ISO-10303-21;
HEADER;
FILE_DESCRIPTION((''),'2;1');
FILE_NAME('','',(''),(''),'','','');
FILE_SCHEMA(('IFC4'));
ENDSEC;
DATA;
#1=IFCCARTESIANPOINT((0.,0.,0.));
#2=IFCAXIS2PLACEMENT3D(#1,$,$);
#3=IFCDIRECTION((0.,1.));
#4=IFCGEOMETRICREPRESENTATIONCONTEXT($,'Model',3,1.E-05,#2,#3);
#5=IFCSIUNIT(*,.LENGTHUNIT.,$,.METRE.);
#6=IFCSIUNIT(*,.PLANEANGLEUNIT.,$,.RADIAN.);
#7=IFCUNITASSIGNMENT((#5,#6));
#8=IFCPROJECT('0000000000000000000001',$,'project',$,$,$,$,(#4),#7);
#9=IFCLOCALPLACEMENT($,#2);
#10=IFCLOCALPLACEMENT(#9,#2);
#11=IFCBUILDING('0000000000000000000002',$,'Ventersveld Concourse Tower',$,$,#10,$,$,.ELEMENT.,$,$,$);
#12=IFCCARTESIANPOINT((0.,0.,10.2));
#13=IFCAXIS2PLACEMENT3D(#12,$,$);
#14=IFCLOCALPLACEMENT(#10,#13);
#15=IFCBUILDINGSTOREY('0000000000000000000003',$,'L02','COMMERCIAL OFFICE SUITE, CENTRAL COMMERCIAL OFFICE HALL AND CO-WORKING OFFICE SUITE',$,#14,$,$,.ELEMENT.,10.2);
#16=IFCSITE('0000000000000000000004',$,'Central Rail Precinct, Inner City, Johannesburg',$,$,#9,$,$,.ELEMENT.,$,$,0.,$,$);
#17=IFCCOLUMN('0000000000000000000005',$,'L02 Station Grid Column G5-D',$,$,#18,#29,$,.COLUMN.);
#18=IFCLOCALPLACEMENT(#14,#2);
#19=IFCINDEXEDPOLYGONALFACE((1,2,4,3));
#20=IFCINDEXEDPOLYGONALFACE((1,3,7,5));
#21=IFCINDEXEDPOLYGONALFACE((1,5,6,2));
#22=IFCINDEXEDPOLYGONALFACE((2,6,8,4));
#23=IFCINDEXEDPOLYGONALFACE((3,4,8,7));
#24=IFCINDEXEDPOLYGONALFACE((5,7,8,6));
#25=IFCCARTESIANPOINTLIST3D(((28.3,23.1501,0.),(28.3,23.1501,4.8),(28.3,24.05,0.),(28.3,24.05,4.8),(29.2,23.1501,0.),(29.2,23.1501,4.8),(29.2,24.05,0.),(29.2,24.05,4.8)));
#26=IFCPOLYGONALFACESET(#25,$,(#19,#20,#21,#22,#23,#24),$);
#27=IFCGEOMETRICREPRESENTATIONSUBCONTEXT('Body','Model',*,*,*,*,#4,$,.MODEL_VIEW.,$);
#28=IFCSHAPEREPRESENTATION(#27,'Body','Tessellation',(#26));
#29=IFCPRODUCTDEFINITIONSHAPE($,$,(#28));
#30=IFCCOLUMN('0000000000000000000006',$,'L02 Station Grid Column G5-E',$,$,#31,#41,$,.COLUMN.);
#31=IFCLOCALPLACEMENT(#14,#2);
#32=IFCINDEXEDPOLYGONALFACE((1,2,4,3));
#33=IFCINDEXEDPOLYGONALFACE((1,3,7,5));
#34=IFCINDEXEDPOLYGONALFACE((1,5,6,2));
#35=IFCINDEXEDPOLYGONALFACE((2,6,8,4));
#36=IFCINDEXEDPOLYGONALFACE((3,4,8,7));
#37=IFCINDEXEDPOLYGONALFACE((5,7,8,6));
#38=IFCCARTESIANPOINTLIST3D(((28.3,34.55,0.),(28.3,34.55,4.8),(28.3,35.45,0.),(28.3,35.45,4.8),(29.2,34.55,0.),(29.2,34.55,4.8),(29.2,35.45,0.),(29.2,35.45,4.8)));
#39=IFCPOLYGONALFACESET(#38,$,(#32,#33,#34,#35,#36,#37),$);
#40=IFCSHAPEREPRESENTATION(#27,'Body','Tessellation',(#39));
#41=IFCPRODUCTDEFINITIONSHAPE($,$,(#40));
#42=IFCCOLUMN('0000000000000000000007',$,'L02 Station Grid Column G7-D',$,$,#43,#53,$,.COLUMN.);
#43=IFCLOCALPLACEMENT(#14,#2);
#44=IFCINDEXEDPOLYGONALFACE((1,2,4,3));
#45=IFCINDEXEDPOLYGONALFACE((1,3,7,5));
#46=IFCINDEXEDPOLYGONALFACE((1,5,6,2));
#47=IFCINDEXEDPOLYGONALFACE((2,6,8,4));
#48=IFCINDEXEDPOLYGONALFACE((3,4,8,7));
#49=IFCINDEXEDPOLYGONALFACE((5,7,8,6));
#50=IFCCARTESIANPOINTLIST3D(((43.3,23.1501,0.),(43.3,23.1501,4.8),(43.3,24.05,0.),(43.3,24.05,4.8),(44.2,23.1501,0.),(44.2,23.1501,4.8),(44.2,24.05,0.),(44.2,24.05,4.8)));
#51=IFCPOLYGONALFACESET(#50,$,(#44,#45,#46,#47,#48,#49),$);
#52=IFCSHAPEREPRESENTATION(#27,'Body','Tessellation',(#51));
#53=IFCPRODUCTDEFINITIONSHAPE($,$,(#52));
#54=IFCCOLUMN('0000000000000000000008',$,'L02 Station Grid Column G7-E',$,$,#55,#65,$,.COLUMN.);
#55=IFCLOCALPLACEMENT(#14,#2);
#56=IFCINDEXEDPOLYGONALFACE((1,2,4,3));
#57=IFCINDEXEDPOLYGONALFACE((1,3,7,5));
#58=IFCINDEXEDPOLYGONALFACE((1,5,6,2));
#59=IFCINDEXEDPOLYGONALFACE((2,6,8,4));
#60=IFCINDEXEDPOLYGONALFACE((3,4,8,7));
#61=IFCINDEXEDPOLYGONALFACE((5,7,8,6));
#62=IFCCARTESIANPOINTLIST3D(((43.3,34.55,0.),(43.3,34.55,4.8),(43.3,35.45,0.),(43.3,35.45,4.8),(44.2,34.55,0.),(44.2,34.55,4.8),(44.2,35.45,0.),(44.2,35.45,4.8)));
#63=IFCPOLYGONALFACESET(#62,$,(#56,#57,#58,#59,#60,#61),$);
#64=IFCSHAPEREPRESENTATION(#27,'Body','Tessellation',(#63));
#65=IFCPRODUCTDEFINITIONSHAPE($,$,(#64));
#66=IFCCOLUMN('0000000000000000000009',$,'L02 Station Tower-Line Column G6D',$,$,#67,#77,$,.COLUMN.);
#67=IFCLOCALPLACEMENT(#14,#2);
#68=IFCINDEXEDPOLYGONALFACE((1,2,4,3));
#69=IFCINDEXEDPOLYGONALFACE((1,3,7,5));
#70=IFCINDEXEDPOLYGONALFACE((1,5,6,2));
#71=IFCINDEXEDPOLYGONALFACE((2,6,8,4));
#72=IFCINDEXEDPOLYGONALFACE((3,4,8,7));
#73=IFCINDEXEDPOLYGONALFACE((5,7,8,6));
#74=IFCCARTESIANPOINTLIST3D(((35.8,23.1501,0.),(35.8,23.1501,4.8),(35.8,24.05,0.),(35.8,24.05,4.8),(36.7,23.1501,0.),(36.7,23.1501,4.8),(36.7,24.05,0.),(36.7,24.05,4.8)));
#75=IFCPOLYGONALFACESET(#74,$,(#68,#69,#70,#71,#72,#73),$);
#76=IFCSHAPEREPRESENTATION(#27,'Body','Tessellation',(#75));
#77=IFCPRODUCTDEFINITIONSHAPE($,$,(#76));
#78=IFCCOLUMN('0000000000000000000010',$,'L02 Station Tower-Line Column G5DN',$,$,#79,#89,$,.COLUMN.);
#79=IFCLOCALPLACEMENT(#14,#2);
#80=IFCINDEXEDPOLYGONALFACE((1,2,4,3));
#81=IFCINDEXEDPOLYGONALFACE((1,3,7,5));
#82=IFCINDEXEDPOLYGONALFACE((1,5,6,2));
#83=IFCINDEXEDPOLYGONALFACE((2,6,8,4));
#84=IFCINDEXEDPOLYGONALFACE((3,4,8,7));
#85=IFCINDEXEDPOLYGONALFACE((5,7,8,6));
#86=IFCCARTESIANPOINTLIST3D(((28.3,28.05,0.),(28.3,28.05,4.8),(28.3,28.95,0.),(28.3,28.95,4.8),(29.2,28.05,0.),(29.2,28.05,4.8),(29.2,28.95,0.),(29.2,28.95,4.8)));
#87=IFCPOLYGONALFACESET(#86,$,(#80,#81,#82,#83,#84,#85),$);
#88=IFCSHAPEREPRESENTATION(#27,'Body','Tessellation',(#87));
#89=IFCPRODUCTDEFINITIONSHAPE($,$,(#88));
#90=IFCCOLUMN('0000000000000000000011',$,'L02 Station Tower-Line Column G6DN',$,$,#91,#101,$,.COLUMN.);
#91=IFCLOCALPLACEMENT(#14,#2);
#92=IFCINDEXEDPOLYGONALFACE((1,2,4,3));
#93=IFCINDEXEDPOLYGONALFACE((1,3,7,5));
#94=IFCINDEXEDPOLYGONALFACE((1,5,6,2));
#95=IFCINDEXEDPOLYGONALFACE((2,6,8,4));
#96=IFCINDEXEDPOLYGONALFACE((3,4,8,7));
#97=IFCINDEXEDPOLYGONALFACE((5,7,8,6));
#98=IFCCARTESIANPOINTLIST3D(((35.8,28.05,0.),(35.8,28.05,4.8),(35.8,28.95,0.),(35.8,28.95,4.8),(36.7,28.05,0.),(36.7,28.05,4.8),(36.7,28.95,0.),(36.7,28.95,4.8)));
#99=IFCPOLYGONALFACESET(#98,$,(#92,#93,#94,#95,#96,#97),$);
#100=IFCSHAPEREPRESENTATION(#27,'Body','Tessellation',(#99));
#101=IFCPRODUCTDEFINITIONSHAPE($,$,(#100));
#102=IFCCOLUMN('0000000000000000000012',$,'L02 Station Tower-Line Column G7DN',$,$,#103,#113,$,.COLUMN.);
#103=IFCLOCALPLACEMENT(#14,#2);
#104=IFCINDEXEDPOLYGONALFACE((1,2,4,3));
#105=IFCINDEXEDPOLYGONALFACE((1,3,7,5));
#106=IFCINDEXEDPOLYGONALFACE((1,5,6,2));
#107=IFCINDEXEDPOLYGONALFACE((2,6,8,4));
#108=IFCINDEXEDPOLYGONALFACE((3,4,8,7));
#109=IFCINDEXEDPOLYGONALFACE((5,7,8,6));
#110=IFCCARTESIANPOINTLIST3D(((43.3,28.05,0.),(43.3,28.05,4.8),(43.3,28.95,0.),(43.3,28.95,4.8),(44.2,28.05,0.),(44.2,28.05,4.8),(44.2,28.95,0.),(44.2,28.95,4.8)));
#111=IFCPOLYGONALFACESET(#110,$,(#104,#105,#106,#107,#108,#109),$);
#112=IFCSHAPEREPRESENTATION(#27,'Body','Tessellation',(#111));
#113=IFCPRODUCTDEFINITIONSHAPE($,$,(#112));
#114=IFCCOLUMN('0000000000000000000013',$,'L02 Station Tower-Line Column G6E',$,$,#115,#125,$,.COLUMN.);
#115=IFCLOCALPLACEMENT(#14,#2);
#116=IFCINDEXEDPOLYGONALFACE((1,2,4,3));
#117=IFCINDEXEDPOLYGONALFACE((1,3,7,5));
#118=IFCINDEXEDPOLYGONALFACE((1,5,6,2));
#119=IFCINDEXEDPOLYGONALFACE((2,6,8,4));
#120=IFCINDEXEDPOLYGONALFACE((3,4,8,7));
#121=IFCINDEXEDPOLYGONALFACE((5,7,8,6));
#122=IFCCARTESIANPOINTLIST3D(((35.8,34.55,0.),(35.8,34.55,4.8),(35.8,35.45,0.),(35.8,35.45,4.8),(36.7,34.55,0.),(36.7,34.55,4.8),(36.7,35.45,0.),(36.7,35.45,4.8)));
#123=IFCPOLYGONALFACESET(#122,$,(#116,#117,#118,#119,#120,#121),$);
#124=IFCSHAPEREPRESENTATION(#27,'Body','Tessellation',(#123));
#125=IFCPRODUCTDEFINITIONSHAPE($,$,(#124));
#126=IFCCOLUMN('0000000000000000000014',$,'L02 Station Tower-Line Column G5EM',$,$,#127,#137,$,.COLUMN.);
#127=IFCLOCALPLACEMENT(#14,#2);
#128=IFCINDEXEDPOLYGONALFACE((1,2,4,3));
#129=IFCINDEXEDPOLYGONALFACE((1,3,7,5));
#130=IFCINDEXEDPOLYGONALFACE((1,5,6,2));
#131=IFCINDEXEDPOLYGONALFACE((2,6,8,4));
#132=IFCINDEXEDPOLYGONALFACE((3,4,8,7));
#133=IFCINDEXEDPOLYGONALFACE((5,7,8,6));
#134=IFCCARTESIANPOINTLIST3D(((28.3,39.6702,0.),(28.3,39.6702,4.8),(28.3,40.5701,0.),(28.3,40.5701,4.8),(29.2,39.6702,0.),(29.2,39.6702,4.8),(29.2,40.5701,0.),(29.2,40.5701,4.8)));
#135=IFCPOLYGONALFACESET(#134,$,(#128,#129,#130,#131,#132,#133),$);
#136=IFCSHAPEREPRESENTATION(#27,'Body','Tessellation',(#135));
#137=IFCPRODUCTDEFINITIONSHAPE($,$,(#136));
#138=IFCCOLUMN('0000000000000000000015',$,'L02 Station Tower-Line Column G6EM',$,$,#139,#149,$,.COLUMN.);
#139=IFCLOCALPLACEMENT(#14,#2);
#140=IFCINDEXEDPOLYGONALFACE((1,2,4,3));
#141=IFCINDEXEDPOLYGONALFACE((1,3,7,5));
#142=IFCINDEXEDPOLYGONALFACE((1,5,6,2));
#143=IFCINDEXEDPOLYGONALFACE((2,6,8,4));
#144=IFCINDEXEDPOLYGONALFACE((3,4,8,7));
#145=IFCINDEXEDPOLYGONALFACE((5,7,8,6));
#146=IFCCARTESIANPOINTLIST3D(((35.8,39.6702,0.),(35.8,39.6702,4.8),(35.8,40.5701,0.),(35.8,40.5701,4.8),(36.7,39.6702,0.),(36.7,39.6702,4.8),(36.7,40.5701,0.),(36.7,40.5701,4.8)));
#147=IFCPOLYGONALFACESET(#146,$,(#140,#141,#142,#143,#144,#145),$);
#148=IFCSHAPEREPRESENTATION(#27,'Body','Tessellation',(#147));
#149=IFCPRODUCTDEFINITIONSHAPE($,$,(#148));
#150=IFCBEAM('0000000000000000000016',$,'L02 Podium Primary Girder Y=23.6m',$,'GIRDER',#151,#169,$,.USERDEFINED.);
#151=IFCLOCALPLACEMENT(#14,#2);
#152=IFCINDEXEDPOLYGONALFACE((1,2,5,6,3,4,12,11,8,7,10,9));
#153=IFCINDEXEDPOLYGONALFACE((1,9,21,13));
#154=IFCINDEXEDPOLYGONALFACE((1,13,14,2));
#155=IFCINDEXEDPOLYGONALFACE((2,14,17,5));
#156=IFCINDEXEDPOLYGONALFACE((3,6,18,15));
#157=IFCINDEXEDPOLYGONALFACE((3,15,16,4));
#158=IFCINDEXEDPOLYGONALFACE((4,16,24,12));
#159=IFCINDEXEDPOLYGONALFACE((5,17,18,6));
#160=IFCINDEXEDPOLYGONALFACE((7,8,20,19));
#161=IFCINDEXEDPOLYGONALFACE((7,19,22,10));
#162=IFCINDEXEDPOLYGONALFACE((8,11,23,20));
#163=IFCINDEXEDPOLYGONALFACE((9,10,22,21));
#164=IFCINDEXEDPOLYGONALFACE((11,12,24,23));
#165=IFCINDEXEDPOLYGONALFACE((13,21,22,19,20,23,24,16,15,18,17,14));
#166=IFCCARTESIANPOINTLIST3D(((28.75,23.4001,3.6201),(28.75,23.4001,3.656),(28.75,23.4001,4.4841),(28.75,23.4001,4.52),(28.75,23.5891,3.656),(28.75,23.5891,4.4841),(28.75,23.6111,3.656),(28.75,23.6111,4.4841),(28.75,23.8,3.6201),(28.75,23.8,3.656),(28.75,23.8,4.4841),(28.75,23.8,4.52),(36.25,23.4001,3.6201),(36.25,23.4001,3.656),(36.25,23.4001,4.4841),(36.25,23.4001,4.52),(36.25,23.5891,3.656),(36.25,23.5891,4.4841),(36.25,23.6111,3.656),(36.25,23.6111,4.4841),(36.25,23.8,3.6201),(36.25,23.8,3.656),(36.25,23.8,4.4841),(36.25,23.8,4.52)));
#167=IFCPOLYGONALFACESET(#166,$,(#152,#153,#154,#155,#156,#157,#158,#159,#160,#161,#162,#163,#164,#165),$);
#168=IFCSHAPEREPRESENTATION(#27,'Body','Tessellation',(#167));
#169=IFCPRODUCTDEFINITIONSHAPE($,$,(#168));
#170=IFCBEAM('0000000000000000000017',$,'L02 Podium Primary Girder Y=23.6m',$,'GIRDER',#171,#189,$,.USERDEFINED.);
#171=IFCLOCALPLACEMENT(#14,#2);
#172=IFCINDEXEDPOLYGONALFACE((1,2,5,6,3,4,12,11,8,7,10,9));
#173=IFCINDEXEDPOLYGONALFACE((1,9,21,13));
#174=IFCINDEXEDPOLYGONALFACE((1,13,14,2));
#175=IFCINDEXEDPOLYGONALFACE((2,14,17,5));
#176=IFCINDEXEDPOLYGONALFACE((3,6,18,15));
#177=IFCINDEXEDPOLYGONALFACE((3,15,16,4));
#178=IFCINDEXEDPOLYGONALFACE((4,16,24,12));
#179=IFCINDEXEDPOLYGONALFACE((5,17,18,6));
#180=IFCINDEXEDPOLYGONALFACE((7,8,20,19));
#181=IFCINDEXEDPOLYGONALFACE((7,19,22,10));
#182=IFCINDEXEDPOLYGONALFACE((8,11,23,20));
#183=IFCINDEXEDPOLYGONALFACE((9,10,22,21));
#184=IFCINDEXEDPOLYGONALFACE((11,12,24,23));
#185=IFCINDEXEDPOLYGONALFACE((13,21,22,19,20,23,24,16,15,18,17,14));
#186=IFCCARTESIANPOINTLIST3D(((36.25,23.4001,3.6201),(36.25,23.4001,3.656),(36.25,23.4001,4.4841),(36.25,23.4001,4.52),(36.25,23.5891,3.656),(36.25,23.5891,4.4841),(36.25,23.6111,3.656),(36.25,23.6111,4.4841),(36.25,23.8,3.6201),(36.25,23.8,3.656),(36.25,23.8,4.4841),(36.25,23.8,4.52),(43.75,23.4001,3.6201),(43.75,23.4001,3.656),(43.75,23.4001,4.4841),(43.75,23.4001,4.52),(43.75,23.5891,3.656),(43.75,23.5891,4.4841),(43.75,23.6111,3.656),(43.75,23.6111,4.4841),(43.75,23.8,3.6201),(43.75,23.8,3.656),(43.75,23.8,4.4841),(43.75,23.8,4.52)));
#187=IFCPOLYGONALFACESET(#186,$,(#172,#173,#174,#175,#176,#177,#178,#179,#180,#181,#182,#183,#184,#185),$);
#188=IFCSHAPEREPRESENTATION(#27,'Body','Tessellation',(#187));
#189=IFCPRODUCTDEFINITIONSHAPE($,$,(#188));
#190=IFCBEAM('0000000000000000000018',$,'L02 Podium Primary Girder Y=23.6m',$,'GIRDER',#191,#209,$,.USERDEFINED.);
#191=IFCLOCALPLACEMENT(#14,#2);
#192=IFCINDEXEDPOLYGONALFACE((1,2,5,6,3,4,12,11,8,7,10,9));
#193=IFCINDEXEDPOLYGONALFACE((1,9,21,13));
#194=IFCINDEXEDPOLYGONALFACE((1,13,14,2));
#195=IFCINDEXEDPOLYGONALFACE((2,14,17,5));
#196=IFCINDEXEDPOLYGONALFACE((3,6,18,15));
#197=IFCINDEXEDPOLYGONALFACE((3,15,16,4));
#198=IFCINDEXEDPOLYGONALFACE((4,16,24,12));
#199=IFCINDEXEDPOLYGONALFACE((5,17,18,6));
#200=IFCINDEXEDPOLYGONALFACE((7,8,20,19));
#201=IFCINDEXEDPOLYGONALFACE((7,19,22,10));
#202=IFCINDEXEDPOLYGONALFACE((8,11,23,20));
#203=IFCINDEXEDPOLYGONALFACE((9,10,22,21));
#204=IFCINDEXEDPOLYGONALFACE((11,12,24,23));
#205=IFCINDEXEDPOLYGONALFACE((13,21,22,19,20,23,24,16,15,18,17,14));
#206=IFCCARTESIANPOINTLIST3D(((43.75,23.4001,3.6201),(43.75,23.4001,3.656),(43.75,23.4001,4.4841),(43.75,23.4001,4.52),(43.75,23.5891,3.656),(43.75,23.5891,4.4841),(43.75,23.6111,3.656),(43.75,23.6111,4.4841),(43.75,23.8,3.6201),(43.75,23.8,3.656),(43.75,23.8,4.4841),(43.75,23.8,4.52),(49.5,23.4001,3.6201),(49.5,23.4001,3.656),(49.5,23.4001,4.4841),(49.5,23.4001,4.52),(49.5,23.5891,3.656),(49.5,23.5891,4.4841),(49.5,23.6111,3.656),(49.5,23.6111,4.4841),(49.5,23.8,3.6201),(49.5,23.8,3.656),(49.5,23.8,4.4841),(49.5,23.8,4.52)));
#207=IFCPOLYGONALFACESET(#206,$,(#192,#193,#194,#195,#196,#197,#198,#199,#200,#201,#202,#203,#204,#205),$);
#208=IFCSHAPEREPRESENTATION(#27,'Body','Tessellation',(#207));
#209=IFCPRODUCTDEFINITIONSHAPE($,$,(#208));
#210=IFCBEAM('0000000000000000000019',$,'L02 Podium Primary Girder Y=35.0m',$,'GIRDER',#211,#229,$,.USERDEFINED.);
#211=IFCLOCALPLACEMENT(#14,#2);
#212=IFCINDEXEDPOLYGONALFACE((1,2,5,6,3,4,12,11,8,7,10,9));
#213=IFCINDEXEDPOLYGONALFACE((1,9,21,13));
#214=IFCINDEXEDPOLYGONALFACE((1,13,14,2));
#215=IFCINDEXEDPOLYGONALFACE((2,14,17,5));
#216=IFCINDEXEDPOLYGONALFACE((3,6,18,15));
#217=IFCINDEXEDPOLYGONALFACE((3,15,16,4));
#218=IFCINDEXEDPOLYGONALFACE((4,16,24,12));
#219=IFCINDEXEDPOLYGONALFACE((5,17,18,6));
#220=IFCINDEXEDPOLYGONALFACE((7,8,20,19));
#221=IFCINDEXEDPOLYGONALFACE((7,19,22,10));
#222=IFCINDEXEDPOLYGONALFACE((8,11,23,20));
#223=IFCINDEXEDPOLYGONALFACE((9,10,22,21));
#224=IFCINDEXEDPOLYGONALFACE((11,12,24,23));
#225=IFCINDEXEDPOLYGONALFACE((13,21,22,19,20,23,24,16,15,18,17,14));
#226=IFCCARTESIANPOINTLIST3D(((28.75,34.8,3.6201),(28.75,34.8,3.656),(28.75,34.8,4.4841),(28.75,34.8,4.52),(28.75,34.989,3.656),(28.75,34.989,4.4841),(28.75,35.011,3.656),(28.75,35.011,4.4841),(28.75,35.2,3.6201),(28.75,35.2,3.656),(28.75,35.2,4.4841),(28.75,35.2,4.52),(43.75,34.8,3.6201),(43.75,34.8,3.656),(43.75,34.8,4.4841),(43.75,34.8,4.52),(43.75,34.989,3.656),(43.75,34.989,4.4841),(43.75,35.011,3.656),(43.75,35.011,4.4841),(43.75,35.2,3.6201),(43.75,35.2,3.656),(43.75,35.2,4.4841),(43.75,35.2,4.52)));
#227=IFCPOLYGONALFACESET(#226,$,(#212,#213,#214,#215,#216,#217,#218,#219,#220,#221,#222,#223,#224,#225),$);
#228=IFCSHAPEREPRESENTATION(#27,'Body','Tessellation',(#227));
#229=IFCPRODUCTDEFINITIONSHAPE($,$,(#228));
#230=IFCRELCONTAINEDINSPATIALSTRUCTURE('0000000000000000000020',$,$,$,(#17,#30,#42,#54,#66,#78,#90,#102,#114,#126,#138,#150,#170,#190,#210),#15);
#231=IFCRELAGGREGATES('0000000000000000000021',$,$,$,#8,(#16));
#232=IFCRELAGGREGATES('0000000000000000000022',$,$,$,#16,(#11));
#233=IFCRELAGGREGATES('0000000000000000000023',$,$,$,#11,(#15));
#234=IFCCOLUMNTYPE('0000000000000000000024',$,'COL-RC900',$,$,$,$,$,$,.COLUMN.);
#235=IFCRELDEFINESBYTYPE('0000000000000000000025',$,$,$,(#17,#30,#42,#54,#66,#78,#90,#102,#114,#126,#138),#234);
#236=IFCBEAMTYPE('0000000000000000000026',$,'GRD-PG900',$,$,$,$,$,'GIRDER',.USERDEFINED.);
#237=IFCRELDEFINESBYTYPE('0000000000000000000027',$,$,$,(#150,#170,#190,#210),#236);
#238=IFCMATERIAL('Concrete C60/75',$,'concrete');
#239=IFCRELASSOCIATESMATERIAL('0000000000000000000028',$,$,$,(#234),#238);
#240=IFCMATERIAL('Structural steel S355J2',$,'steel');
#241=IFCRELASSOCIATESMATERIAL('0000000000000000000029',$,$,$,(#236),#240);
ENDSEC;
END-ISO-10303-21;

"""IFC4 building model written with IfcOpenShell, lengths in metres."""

from ifc_helpers import new_model, si_unit, direction, frame, origin, origin_2d, place, context, subcontext, project, spatial, rectangle, i_section, extrude, material, material_profile, profile_set, type_object, element, save


model = new_model("IFC4")

# Units and contexts
model_context = context("Model", 3, precision=1e-05, world=origin(), true_north=direction((0.0, 1.0)))
body_context = subcontext(model_context, "Body", "Model", "MODEL_VIEW")
ifc_project = project(units=[si_unit("LENGTHUNIT", "METRE"), si_unit("PLANEANGLEUNIT", "RADIAN")], contexts=[model_context])

# Site, building, storey
site_placement = place(None, origin())
site = spatial("IfcSite", under=ifc_project, at=site_placement, Name="Central Rail Precinct, Inner City, Johannesburg", CompositionType="ELEMENT", RefElevation=0.0)
building_placement = place(site_placement, origin())
building = spatial("IfcBuilding", under=site, at=building_placement, Name="Ventersveld Concourse Tower", CompositionType="ELEMENT")
storey_placement = place(building_placement, frame((0.0, 0.0, 10.2)))
storey = spatial("IfcBuildingStorey", under=building, at=storey_placement, Name="L02", Description="COMMERCIAL OFFICE SUITE, CENTRAL COMMERCIAL OFFICE HALL AND CO-WORKING OFFICE SUITE", CompositionType="ELEMENT", Elevation=10.2)

# Columns
ifc_material_1 = material(Name="Concrete C60/75", Category="concrete")
ifc_material_profile_1 = material_profile(ifc_material_1, rectangle(XDim=0.8999, YDim=0.8999, at=origin_2d()), Name="RC 900x900")
ifc_profile_set_1 = profile_set([ifc_material_profile_1], Name="Concrete C60/75")
column_type = type_object("IfcColumnType", Name="COL-RC900", PredefinedType="COLUMN", material=ifc_profile_set_1)
for number, where, z_axis, x_axis, name in (
    (1, (28.75, 23.6001, 0.0), (0.0, 0.0, 1.0), (1.0, 0.0, 0.0), "L02 Station Grid Column G5-D"),
    (2, (28.75, 35.0, 0.0), (0.0, 0.0, 1.0), (1.0, 0.0, 0.0), "L02 Station Grid Column G5-E"),
    (3, (43.75, 23.6001, 0.0), (0.0, 0.0, 1.0), (1.0, 0.0, 0.0), "L02 Station Grid Column G7-D"),
    (4, (43.75, 35.0, 0.0), (0.0, 0.0, 1.0), (1.0, 0.0, 0.0), "L02 Station Grid Column G7-E"),
    (5, (36.25, 23.6001, 0.0), (0.0, 0.0, 1.0), (1.0, 0.0, 0.0), "L02 Station Tower-Line Column G6D"),
    (6, (28.75, 28.5, 0.0), (0.0, 0.0, 1.0), (1.0, 0.0, 0.0), "L02 Station Tower-Line Column G5DN"),
    (7, (36.25, 28.5, 0.0), (0.0, 0.0, 1.0), (1.0, 0.0, 0.0), "L02 Station Tower-Line Column G6DN"),
    (8, (43.75, 28.5, 0.0), (0.0, 0.0, 1.0), (1.0, 0.0, 0.0), "L02 Station Tower-Line Column G7DN"),
    (9, (36.25, 35.0, 0.0), (0.0, 0.0, 1.0), (1.0, 0.0, 0.0), "L02 Station Tower-Line Column G6E"),
    (10, (28.75, 40.1201, 0.0), (0.0, 0.0, 1.0), (1.0, 0.0, 0.0), "L02 Station Tower-Line Column G5EM"),
    (11, (36.25, 40.1201, 0.0), (0.0, 0.0, 1.0), (1.0, 0.0, 0.0), "L02 Station Tower-Line Column G6EM"),
):
    element("IfcColumn", number, at=place(storey_placement, frame(where, z_axis=z_axis, x_axis=x_axis)), inside=storey, type_object=column_type, Name=name, PredefinedType="COLUMN", context=body_context, shape_type="SweptSolid", body=[
        extrude(rectangle(XDim=0.8999, YDim=0.8999, at=origin_2d()), origin(), (0.0, 0.0, 1.0), 4.8),
    ])

# Beams
ifc_material_2 = material(Name="Structural steel S355J2", Category="steel")
ifc_material_profile_2 = material_profile(ifc_material_2, i_section(OverallWidth=0.3999, OverallDepth=0.8999, WebThickness=0.022, FlangeThickness=0.0359, at=origin_2d()), Name="PG 900x400x36")
ifc_profile_set_2 = profile_set([ifc_material_profile_2], Name="Structural steel S355J2")
beam_type_1 = type_object("IfcBeamType", Name="GRD-PG900", ElementType="GIRDER", PredefinedType="USERDEFINED", material=ifc_profile_set_2)
for number, where, z_axis, x_axis, name in (
    (12, (28.75, 23.6001, 4.0701), (1.0, 0.0, 0.0), (0.0, 1.0, 0.0), "L02 Podium Primary Girder Y=23.6m"),
    (13, (36.25, 23.6001, 4.0701), (1.0, 0.0, 0.0), (0.0, 1.0, 0.0), "L02 Podium Primary Girder Y=23.6m"),
):
    element("IfcBeam", number, at=place(storey_placement, frame(where, z_axis=z_axis, x_axis=x_axis)), inside=storey, type_object=beam_type_1, Name=name, ObjectType="GIRDER", PredefinedType="USERDEFINED", context=body_context, shape_type="SweptSolid", body=[
        extrude(i_section(OverallWidth=0.3999, OverallDepth=0.8999, WebThickness=0.022, FlangeThickness=0.0359, at=origin_2d()), origin(), (0.0, 0.0, 1.0), 7.5),
    ])
beam_1_placement = place(storey_placement, frame((43.75, 23.6001, 4.0701), z_axis=(1.0, 0.0, 0.0), x_axis=(0.0, 1.0, 0.0)))
element("IfcBeam", 14, at=beam_1_placement, inside=storey, type_object=beam_type_1, Name="L02 Podium Primary Girder Y=23.6m", ObjectType="GIRDER", PredefinedType="USERDEFINED", context=body_context, shape_type="SweptSolid", body=[
    extrude(i_section(OverallWidth=0.3999, OverallDepth=0.8999, WebThickness=0.022, FlangeThickness=0.0359, at=origin_2d()), origin(), (0.0, 0.0, 1.0), 5.75),
])
beam_2_placement = place(storey_placement, frame((28.75, 35.0, 4.0701), z_axis=(1.0, 0.0, 0.0), x_axis=(0.0, 1.0, 0.0)))
element("IfcBeam", 15, at=beam_2_placement, inside=storey, type_object=beam_type_1, Name="L02 Podium Primary Girder Y=35.0m", ObjectType="GIRDER", PredefinedType="USERDEFINED", context=body_context, shape_type="SweptSolid", body=[
    extrude(i_section(OverallWidth=0.3999, OverallDepth=0.8999, WebThickness=0.022, FlangeThickness=0.0359, at=origin_2d()), origin(), (0.0, 0.0, 1.0), 15.0),
])

save(model, "model.ifc")
